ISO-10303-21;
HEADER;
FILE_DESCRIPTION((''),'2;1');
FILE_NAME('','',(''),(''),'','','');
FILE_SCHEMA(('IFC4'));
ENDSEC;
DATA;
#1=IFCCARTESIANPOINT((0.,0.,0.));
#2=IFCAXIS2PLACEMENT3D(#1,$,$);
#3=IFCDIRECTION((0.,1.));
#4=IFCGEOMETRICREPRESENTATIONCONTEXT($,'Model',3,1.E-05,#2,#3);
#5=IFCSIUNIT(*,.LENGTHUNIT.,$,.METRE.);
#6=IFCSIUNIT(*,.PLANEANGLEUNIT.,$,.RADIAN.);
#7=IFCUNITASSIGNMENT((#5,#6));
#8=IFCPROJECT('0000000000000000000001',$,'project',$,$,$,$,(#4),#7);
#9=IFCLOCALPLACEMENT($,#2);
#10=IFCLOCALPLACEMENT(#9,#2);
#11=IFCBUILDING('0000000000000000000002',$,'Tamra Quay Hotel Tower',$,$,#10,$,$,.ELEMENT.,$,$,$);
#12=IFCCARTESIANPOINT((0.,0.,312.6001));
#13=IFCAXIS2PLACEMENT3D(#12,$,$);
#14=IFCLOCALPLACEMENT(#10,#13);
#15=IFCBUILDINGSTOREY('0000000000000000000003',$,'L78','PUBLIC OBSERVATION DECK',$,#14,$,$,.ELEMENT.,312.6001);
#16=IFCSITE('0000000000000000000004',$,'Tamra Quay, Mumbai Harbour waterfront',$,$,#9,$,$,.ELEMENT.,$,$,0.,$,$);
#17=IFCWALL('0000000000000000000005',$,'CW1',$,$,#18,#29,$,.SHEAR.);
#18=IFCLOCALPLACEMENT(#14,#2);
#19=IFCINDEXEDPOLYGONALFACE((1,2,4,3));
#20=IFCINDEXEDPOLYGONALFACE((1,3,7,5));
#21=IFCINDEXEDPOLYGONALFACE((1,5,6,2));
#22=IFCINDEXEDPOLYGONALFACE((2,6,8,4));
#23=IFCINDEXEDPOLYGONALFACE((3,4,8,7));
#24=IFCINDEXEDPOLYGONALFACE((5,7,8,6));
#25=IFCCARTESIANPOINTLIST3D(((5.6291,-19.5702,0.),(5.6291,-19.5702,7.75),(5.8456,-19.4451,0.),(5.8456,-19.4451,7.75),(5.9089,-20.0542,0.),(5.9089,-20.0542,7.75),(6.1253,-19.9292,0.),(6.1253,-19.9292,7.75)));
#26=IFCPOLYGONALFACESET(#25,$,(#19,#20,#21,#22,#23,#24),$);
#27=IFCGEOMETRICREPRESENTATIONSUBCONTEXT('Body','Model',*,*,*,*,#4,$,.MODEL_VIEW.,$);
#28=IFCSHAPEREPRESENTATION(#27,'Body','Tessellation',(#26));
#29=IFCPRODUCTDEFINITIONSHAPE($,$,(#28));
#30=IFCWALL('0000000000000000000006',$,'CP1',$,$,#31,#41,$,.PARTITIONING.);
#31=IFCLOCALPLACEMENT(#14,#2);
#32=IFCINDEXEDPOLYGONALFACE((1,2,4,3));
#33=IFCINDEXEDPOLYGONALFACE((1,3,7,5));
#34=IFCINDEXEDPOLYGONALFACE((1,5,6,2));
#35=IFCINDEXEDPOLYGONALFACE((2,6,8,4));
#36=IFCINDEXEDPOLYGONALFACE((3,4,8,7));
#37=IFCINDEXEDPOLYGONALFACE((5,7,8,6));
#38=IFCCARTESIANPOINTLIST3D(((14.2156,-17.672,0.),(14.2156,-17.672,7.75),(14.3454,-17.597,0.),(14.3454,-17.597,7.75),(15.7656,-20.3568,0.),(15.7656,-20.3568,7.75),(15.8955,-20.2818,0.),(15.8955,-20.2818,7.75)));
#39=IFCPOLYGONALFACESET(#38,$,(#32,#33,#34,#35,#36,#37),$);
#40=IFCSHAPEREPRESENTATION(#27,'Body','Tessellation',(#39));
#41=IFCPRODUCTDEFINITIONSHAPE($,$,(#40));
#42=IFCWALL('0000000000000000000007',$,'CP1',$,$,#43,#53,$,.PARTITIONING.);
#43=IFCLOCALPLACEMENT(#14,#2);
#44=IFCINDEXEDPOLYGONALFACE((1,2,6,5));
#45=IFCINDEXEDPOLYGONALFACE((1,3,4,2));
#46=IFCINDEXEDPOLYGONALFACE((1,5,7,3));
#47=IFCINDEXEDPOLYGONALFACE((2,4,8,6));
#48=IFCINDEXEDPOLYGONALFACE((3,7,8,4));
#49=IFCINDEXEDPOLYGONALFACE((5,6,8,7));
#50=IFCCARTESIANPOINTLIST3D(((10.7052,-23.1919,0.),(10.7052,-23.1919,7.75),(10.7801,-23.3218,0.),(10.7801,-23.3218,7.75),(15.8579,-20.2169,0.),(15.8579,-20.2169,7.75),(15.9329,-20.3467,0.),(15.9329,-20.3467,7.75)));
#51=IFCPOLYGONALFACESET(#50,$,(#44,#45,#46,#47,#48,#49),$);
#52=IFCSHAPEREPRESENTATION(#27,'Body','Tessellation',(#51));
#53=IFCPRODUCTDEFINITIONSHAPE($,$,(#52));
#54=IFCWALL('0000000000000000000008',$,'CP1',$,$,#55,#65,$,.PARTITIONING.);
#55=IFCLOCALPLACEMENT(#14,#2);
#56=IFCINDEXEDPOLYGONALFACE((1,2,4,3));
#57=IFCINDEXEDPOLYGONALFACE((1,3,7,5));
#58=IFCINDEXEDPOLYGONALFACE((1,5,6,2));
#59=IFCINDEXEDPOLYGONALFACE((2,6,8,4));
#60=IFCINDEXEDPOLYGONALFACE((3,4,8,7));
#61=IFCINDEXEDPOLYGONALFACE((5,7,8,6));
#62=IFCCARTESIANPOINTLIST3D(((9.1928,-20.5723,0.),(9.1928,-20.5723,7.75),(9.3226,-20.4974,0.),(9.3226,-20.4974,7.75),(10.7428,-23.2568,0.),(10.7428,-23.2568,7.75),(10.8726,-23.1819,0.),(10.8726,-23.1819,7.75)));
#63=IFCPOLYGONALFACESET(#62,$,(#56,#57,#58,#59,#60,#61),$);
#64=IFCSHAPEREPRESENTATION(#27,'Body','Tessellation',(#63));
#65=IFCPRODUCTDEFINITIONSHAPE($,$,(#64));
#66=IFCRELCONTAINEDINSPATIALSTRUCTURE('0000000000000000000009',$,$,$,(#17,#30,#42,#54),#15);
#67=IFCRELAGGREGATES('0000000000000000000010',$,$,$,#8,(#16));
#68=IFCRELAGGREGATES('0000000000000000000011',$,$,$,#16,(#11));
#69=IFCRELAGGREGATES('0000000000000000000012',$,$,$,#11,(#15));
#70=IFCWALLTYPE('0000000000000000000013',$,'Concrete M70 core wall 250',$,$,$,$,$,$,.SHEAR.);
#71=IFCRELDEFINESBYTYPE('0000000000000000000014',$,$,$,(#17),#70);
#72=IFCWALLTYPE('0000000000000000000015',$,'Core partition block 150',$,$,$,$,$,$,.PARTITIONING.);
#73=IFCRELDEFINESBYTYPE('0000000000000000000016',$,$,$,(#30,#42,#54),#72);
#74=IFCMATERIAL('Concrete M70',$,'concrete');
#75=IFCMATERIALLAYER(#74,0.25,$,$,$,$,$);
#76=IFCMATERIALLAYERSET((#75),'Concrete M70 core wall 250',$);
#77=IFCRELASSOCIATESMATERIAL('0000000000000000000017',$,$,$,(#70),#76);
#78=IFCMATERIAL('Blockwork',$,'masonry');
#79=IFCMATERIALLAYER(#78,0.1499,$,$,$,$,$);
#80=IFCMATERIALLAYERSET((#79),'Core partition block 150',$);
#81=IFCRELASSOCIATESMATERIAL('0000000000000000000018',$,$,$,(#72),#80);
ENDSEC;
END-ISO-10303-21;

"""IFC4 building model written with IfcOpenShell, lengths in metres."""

from ifc_helpers import new_model, si_unit, direction, frame, frame_2d, origin, place, context, subcontext, project, spatial, rectangle, extrude, material, layer, layer_set, type_object, element, save


model = new_model("IFC4")

# Units and contexts
model_context = context("Model", 3, precision=1e-05, world=origin(), true_north=direction((0.0, 1.0)))
body_context = subcontext(model_context, "Body", "Model", "MODEL_VIEW")
ifc_project = project(units=[si_unit("LENGTHUNIT", "METRE"), si_unit("PLANEANGLEUNIT", "RADIAN")], contexts=[model_context])

# Site, building, storey
site_placement = place(None, origin())
site = spatial("IfcSite", under=ifc_project, at=site_placement, Name="Tamra Quay, Mumbai Harbour waterfront", CompositionType="ELEMENT", RefElevation=0.0)
building_placement = place(site_placement, origin())
building = spatial("IfcBuilding", under=site, at=building_placement, Name="Tamra Quay Hotel Tower", CompositionType="ELEMENT")
storey_placement = place(building_placement, frame((0.0, 0.0, 312.6001)))
storey = spatial("IfcBuildingStorey", under=building, at=storey_placement, Name="L78", Description="PUBLIC OBSERVATION DECK", CompositionType="ELEMENT", Elevation=312.6001)

# Shared definitions
ifc_material_1 = material(Name="Concrete M70", Category="concrete")

# Shared definitions
ifc_layer_1 = layer(ifc_material_1, 0.25)
ifc_layer_set_1 = layer_set([ifc_layer_1], Name="Concrete M70 core wall 250")
wall_type_1 = type_object("IfcWallType", Name="Concrete M70 core wall 250", PredefinedType="SHEAR", material=ifc_layer_set_1)

# Walls
wall_1_placement = place(storey_placement, frame((6.0171, -19.9917, 0.0), z_axis=(0.0, 0.0, 1.0), x_axis=(-0.500365, 0.865815, 0.0)))
element("IfcWall", 1, at=wall_1_placement, inside=storey, type_object=wall_type_1, Name="CW1", PredefinedType="SHEAR", context=body_context, shape_type="SweptSolid", body=[
    extrude(rectangle(XDim=0.5591, YDim=0.25, at=frame_2d((0.2795, 0.0))), origin(), (0.0, 0.0, 1.0), 7.75),
])
ifc_material_2 = material(Name="Blockwork", Category="masonry")
ifc_layer_2 = layer(ifc_material_2, 0.1499)
ifc_layer_set_2 = layer_set([ifc_layer_2], Name="Core partition block 150")
wall_type_2 = type_object("IfcWallType", Name="Core partition block 150", PredefinedType="PARTITIONING", material=ifc_layer_set_2)
wall_2_placement = place(storey_placement, frame((14.2805, -17.6345, 0.0), z_axis=(0.0, 0.0, 1.0), x_axis=(0.499993, -0.86603, 0.0)))
element("IfcWall", 2, at=wall_2_placement, inside=storey, type_object=wall_type_2, Name="CP1", PredefinedType="PARTITIONING", context=body_context, shape_type="SweptSolid", body=[
    extrude(rectangle(XDim=3.1001, YDim=0.1499, at=frame_2d((1.55, 0.0))), origin(), (0.0, 0.0, 1.0), 7.75),
])
wall_3_placement = place(storey_placement, frame((15.8955, -20.2817, 0.0), z_axis=(0.0, 0.0, 1.0), x_axis=(-0.866017, -0.500014, 0.0)))
element("IfcWall", 3, at=wall_3_placement, inside=storey, type_object=wall_type_2, Name="CP1", PredefinedType="PARTITIONING", context=body_context, shape_type="SweptSolid", body=[
    extrude(rectangle(XDim=5.95, YDim=0.1499, at=frame_2d((2.9751, 0.0))), origin(), (0.0, 0.0, 1.0), 7.75),
])
wall_4_placement = place(storey_placement, frame((10.8076, -23.2192, 0.0), z_axis=(0.0, 0.0, 1.0), x_axis=(-0.500027, 0.86601, 0.0)))
element("IfcWall", 4, at=wall_4_placement, inside=storey, type_object=wall_type_2, Name="CP1", PredefinedType="PARTITIONING", context=body_context, shape_type="SweptSolid", body=[
    extrude(rectangle(XDim=3.0999, YDim=0.1499, at=frame_2d((1.5498, 0.0))), origin(), (0.0, 0.0, 1.0), 7.75),
])

save(model, "model.ifc")
